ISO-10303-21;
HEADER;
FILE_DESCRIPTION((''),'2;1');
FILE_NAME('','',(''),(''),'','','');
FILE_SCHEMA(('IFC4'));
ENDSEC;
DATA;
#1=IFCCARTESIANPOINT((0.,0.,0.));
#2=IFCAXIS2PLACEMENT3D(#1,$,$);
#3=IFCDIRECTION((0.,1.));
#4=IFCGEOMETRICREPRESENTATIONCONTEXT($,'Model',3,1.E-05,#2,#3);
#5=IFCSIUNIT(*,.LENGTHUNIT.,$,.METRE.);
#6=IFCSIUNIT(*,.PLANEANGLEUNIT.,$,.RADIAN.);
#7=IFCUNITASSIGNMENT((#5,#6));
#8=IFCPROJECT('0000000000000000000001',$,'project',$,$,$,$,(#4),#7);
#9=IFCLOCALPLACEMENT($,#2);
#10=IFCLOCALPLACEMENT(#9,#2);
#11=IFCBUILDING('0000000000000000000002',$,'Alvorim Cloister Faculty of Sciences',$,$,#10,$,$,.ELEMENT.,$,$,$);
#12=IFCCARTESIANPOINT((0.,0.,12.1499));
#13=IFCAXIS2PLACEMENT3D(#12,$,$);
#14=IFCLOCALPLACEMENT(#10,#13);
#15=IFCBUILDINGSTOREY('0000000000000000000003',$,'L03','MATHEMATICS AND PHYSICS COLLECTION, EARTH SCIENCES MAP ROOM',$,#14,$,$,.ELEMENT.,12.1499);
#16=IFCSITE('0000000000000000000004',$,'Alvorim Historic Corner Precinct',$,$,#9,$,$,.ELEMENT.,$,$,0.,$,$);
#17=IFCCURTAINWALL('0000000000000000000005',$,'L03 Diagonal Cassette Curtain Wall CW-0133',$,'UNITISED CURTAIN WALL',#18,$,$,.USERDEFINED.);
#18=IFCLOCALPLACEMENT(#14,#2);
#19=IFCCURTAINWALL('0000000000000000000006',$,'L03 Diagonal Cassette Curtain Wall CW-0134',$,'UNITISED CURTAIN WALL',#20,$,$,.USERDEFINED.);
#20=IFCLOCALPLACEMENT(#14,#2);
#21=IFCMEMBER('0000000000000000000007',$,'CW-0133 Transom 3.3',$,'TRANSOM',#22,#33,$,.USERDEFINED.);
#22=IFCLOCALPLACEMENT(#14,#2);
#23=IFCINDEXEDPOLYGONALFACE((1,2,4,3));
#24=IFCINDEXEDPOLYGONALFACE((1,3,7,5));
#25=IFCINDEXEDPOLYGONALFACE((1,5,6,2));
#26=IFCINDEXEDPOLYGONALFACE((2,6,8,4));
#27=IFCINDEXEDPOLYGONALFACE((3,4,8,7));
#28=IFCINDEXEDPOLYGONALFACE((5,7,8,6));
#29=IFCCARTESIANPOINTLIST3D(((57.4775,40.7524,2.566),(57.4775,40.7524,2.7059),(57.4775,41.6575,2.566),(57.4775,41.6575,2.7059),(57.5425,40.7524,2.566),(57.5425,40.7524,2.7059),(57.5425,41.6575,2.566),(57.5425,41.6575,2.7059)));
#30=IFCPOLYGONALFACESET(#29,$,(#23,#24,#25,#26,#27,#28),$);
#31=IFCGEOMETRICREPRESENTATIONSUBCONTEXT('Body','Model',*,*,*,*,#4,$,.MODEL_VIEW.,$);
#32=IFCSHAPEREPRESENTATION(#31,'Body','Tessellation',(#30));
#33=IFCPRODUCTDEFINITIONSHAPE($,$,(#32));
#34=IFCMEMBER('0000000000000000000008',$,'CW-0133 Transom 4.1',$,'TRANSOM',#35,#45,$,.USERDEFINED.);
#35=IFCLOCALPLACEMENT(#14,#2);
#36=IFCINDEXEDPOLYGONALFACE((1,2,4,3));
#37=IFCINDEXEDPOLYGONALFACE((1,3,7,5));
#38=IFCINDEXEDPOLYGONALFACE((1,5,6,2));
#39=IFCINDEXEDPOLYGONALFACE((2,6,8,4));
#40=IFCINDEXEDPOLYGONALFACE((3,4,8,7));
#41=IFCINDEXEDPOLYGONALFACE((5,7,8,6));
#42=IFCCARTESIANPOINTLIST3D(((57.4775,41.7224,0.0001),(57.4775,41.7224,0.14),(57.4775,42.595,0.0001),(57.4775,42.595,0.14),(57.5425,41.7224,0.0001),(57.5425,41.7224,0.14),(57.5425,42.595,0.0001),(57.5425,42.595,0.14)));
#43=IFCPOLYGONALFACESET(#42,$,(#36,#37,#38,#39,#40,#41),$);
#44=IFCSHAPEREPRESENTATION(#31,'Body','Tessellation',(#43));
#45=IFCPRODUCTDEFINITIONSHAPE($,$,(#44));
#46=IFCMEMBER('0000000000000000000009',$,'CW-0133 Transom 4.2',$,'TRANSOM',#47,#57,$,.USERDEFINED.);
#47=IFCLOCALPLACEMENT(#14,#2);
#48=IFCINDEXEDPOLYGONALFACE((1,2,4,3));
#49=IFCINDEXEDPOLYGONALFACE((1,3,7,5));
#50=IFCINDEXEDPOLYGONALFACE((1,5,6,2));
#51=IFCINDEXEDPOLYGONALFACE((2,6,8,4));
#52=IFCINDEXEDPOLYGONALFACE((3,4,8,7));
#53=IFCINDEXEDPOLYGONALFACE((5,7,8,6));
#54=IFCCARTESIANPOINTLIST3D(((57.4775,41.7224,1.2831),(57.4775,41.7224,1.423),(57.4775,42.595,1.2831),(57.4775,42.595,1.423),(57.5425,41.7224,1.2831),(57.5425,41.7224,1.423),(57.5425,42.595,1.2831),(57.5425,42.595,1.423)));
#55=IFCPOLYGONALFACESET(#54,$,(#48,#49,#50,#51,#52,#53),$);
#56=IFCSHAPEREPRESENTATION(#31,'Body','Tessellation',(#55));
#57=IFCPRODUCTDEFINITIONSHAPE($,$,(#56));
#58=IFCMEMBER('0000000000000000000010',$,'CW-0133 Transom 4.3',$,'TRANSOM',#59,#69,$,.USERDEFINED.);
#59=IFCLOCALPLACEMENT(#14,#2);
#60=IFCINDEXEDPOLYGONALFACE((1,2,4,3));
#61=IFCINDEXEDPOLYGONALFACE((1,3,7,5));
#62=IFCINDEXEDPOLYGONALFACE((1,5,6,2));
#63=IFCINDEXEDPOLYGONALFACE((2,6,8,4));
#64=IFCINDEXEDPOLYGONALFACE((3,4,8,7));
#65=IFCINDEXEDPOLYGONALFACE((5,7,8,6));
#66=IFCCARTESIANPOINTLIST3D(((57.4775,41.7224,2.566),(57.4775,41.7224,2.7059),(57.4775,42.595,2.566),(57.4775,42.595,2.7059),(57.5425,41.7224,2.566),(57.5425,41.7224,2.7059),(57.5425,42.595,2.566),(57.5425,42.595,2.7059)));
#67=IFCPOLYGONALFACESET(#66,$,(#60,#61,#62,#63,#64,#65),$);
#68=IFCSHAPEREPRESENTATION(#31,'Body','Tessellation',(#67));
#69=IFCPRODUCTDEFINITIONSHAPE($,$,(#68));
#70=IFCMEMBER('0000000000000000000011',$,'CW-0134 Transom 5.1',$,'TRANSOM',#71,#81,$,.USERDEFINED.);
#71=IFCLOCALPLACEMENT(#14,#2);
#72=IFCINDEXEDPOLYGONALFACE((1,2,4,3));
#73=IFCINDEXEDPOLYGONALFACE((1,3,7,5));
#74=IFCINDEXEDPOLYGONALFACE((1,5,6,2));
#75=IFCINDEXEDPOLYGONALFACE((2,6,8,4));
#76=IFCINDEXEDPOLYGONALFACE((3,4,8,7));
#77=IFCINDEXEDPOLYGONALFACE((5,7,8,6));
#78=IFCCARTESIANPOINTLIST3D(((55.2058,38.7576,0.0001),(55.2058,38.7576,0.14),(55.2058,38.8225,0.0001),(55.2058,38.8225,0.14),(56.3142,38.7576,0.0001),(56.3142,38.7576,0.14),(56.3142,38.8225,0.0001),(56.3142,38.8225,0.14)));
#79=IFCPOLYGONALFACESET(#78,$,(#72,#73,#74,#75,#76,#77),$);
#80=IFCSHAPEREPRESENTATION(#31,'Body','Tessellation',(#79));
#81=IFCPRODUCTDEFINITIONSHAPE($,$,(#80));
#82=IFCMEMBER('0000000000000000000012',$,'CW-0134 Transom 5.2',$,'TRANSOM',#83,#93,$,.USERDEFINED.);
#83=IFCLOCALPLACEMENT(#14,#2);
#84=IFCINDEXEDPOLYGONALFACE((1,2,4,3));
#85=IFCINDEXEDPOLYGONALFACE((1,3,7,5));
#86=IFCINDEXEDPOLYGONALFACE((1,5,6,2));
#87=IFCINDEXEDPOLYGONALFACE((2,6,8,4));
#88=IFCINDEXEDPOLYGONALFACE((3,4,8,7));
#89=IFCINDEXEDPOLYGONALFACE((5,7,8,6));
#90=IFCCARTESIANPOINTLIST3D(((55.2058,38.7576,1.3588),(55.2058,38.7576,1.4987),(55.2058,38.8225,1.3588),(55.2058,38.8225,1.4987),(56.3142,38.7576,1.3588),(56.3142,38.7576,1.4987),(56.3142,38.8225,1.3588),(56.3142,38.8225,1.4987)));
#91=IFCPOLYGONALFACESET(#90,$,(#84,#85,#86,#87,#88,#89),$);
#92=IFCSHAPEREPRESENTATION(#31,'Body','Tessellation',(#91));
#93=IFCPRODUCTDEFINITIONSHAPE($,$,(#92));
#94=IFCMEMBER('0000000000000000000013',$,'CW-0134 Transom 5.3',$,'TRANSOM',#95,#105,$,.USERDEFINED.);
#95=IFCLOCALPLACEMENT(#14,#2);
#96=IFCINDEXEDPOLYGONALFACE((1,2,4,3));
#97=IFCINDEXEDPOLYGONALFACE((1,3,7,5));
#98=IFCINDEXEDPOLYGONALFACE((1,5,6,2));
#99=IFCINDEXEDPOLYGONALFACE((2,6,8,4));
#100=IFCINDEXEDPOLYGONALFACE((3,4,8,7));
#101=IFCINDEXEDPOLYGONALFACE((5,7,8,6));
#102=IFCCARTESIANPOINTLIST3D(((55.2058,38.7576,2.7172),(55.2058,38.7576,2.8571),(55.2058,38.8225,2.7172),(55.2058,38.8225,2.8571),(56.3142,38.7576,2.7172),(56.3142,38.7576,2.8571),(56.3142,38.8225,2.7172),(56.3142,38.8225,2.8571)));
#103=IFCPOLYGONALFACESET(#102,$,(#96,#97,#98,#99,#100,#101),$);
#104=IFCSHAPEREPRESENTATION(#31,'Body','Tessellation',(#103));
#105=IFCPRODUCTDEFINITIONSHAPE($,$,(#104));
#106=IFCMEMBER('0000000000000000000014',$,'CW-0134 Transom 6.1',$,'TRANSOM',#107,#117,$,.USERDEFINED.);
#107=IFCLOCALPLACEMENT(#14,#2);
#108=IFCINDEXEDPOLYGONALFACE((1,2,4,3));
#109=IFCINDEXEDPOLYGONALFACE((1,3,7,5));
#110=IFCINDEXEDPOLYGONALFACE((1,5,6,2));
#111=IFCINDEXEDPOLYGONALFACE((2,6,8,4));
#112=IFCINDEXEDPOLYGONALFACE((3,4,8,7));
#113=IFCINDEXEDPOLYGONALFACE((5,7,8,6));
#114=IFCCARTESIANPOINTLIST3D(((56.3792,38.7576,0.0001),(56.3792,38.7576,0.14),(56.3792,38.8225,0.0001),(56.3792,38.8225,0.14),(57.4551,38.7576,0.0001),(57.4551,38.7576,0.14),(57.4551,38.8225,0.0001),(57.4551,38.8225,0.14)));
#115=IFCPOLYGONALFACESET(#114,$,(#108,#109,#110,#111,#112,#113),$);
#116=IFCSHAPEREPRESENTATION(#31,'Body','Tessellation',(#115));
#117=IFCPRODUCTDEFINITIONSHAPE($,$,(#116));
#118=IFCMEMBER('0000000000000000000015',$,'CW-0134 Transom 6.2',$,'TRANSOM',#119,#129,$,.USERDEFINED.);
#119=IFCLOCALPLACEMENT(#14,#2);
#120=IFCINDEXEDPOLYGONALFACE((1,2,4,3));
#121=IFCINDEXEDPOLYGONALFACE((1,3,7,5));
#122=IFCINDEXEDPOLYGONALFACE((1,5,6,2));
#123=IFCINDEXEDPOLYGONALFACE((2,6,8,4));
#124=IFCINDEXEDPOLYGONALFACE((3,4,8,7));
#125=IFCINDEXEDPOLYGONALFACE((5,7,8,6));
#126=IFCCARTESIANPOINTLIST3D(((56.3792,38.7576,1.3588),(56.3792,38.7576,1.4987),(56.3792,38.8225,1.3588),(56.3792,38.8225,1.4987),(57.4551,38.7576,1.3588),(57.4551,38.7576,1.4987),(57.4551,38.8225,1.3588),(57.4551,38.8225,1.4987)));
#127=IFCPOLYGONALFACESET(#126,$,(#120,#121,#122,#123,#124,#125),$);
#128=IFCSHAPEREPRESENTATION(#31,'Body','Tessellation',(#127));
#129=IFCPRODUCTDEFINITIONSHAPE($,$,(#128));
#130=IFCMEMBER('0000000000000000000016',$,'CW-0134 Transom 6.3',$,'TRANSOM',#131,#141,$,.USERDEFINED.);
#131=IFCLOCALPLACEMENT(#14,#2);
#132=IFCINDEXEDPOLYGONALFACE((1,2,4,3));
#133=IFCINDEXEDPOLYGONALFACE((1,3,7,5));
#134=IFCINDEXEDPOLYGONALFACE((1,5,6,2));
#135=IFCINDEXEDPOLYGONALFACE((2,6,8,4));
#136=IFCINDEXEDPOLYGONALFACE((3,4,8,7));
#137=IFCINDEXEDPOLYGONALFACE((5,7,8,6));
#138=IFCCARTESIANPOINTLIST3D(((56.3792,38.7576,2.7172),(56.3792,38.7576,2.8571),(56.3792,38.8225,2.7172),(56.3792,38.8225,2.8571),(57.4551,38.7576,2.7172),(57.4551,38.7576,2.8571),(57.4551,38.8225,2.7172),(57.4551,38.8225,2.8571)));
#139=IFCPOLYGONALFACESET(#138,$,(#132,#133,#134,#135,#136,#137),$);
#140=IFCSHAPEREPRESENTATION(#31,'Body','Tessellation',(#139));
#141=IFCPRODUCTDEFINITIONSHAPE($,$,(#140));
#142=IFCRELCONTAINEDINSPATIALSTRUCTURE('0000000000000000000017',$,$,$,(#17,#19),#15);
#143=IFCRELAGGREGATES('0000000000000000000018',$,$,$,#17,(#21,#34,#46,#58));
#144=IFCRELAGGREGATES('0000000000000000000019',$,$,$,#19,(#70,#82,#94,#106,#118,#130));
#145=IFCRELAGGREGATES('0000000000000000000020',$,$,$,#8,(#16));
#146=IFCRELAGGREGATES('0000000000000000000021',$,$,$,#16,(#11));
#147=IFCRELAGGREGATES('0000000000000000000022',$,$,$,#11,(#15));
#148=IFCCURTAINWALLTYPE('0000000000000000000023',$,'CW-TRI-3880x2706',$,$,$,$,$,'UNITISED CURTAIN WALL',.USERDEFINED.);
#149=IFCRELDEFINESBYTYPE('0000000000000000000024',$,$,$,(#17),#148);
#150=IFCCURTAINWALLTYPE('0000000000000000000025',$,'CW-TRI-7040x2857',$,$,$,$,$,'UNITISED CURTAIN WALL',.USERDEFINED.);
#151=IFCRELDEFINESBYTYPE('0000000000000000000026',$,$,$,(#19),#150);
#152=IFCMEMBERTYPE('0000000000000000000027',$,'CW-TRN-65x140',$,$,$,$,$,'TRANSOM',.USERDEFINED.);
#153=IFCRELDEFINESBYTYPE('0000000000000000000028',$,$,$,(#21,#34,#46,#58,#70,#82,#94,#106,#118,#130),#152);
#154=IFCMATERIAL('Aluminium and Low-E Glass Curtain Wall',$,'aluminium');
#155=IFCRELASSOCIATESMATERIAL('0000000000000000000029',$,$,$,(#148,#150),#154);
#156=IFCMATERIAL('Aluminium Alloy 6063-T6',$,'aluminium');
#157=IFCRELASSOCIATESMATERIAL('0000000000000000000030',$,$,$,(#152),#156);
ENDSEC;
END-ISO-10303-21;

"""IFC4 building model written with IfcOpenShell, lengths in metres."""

from ifc_helpers import new_model, si_unit, direction, frame, origin, origin_2d, place, context, subcontext, project, spatial, rectangle, extrude, material, material_profile, profile_set, type_object, element, aggregate, save


model = new_model("IFC4")

# Units and contexts
model_context = context("Model", 3, precision=1e-05, world=origin(), true_north=direction((0.0, 1.0)))
body_context = subcontext(model_context, "Body", "Model", "MODEL_VIEW")
ifc_project = project(units=[si_unit("LENGTHUNIT", "METRE"), si_unit("PLANEANGLEUNIT", "RADIAN")], contexts=[model_context])

# Site, building, storey
site_placement = place(None, origin())
site = spatial("IfcSite", under=ifc_project, at=site_placement, Name="Alvorim Historic Corner Precinct", CompositionType="ELEMENT", RefElevation=0.0)
building_placement = place(site_placement, origin())
building = spatial("IfcBuilding", under=site, at=building_placement, Name="Alvorim Cloister Faculty of Sciences", CompositionType="ELEMENT")
storey_placement = place(building_placement, frame((0.0, 0.0, 12.1499)))
storey = spatial("IfcBuildingStorey", under=building, at=storey_placement, Name="L03", Description="MATHEMATICS AND PHYSICS COLLECTION, EARTH SCIENCES MAP ROOM", CompositionType="ELEMENT", Elevation=12.1499)

# Curtain walls
ifc_material_1 = material(Name="Aluminium and Low-E Glass Curtain Wall", Category="aluminium")
curtain_wall_type_1 = type_object("IfcCurtainWallType", Name="CW-TRI-3880x2706", ElementType="UNITISED CURTAIN WALL", PredefinedType="USERDEFINED", material=ifc_material_1)
curtain_wall_1_placement = place(storey_placement, origin())
curtain_wall_1 = element("IfcCurtainWall", 1, at=curtain_wall_1_placement, inside=storey, type_object=curtain_wall_type_1, Name="L03 Diagonal Cassette Curtain Wall CW-0133", ObjectType="UNITISED CURTAIN WALL", PredefinedType="USERDEFINED")
ifc_material_2 = material(Name="Aluminium Alloy 6063-T6", Category="aluminium")
curtain_wall_type_2 = type_object("IfcCurtainWallType", Name="CW-TRI-7040x2857", ElementType="UNITISED CURTAIN WALL", PredefinedType="USERDEFINED", material=ifc_material_1)
curtain_wall_2_placement = place(storey_placement, origin())
curtain_wall_2 = element("IfcCurtainWall", 2, at=curtain_wall_2_placement, inside=storey, type_object=curtain_wall_type_2, Name="L03 Diagonal Cassette Curtain Wall CW-0134", ObjectType="UNITISED CURTAIN WALL", PredefinedType="USERDEFINED")

# Members
ifc_material_profile_1 = material_profile(ifc_material_2, rectangle(XDim=0.0649, YDim=0.1399, at=origin_2d()), Name="ALU-TRN-65x140")
ifc_profile_set_1 = profile_set([ifc_material_profile_1], Name="Aluminium Alloy 6063-T6")
member_type_1 = type_object("IfcMemberType", Name="CW-TRN-65x140", ElementType="TRANSOM", PredefinedType="USERDEFINED", material=ifc_profile_set_1)
member_1_placement = place(storey_placement, frame((57.51, 40.7524, 2.636), z_axis=(0.0, 1.0, 0.0), x_axis=(-1.0, 0.0, 0.0)))
member_1 = element("IfcMember", 3, at=member_1_placement, type_object=member_type_1, Name="CW-0133 Transom 3.3", ObjectType="TRANSOM", PredefinedType="USERDEFINED", context=body_context, shape_type="SweptSolid", body=[
    extrude(rectangle(XDim=0.0649, YDim=0.1399, at=origin_2d()), origin(), (0.0, 0.0, 1.0), 0.905),
])
member_2_placement = place(storey_placement, frame((57.51, 41.7224, 0.0701), z_axis=(0.0, 1.0, 0.0), x_axis=(-1.0, 0.0, 0.0)))
member_2 = element("IfcMember", 4, at=member_2_placement, type_object=member_type_1, Name="CW-0133 Transom 4.1", ObjectType="TRANSOM", PredefinedType="USERDEFINED", context=body_context, shape_type="SweptSolid", body=[
    extrude(rectangle(XDim=0.0649, YDim=0.1399, at=origin_2d()), origin(), (0.0, 0.0, 1.0), 0.8726),
])
member_3_placement = place(storey_placement, frame((57.51, 41.7224, 1.353), z_axis=(0.0, 1.0, 0.0), x_axis=(-1.0, 0.0, 0.0)))
member_3 = element("IfcMember", 5, at=member_3_placement, type_object=member_type_1, Name="CW-0133 Transom 4.2", ObjectType="TRANSOM", PredefinedType="USERDEFINED", context=body_context, shape_type="SweptSolid", body=[
    extrude(rectangle(XDim=0.0649, YDim=0.1399, at=origin_2d()), origin(), (0.0, 0.0, 1.0), 0.8726),
])
member_4_placement = place(storey_placement, frame((57.51, 41.7224, 2.636), z_axis=(0.0, 1.0, 0.0), x_axis=(-1.0, 0.0, 0.0)))
member_4 = element("IfcMember", 6, at=member_4_placement, type_object=member_type_1, Name="CW-0133 Transom 4.3", ObjectType="TRANSOM", PredefinedType="USERDEFINED", context=body_context, shape_type="SweptSolid", body=[
    extrude(rectangle(XDim=0.0649, YDim=0.1399, at=origin_2d()), origin(), (0.0, 0.0, 1.0), 0.8726),
])
aggregate(curtain_wall_1, [member_1, member_2, member_3, member_4])
member_5_placement = place(storey_placement, frame((55.2058, 38.79, 0.0701), z_axis=(1.0, 0.0, 0.0), x_axis=(0.0, 1.0, 0.0)))
member_5 = element("IfcMember", 7, at=member_5_placement, type_object=member_type_1, Name="CW-0134 Transom 5.1", ObjectType="TRANSOM", PredefinedType="USERDEFINED", context=body_context, shape_type="SweptSolid", body=[
    extrude(rectangle(XDim=0.0649, YDim=0.1399, at=origin_2d()), origin(), (0.0, 0.0, 1.0), 1.1084),
])
member_6_placement = place(storey_placement, frame((55.2058, 38.79, 1.4287), z_axis=(1.0, 0.0, 0.0), x_axis=(0.0, 1.0, 0.0)))
member_6 = element("IfcMember", 8, at=member_6_placement, type_object=member_type_1, Name="CW-0134 Transom 5.2", ObjectType="TRANSOM", PredefinedType="USERDEFINED", context=body_context, shape_type="SweptSolid", body=[
    extrude(rectangle(XDim=0.0649, YDim=0.1399, at=origin_2d()), origin(), (0.0, 0.0, 1.0), 1.1084),
])
member_7_placement = place(storey_placement, frame((55.2058, 38.79, 2.7871), z_axis=(1.0, 0.0, 0.0), x_axis=(0.0, 1.0, 0.0)))
member_7 = element("IfcMember", 9, at=member_7_placement, type_object=member_type_1, Name="CW-0134 Transom 5.3", ObjectType="TRANSOM", PredefinedType="USERDEFINED", context=body_context, shape_type="SweptSolid", body=[
    extrude(rectangle(XDim=0.0649, YDim=0.1399, at=origin_2d()), origin(), (0.0, 0.0, 1.0), 1.1084),
])
member_8_placement = place(storey_placement, frame((56.3792, 38.79, 0.0701), z_axis=(1.0, 0.0, 0.0), x_axis=(0.0, 1.0, 0.0)))
member_8 = element("IfcMember", 10, at=member_8_placement, type_object=member_type_1, Name="CW-0134 Transom 6.1", ObjectType="TRANSOM", PredefinedType="USERDEFINED", context=body_context, shape_type="SweptSolid", body=[
    extrude(rectangle(XDim=0.0649, YDim=0.1399, at=origin_2d()), origin(), (0.0, 0.0, 1.0), 1.0759),
])
member_9_placement = place(storey_placement, frame((56.3792, 38.79, 1.4287), z_axis=(1.0, 0.0, 0.0), x_axis=(0.0, 1.0, 0.0)))
member_9 = element("IfcMember", 11, at=member_9_placement, type_object=member_type_1, Name="CW-0134 Transom 6.2", ObjectType="TRANSOM", PredefinedType="USERDEFINED", context=body_context, shape_type="SweptSolid", body=[
    extrude(rectangle(XDim=0.0649, YDim=0.1399, at=origin_2d()), origin(), (0.0, 0.0, 1.0), 1.0759),
])
member_10_placement = place(storey_placement, frame((56.3792, 38.79, 2.7871), z_axis=(1.0, 0.0, 0.0), x_axis=(0.0, 1.0, 0.0)))
member_10 = element("IfcMember", 12, at=member_10_placement, type_object=member_type_1, Name="CW-0134 Transom 6.3", ObjectType="TRANSOM", PredefinedType="USERDEFINED", context=body_context, shape_type="SweptSolid", body=[
    extrude(rectangle(XDim=0.0649, YDim=0.1399, at=origin_2d()), origin(), (0.0, 0.0, 1.0), 1.0759),
])
aggregate(curtain_wall_2, [member_5, member_6, member_7, member_8, member_9, member_10])

save(model, "model.ifc")
